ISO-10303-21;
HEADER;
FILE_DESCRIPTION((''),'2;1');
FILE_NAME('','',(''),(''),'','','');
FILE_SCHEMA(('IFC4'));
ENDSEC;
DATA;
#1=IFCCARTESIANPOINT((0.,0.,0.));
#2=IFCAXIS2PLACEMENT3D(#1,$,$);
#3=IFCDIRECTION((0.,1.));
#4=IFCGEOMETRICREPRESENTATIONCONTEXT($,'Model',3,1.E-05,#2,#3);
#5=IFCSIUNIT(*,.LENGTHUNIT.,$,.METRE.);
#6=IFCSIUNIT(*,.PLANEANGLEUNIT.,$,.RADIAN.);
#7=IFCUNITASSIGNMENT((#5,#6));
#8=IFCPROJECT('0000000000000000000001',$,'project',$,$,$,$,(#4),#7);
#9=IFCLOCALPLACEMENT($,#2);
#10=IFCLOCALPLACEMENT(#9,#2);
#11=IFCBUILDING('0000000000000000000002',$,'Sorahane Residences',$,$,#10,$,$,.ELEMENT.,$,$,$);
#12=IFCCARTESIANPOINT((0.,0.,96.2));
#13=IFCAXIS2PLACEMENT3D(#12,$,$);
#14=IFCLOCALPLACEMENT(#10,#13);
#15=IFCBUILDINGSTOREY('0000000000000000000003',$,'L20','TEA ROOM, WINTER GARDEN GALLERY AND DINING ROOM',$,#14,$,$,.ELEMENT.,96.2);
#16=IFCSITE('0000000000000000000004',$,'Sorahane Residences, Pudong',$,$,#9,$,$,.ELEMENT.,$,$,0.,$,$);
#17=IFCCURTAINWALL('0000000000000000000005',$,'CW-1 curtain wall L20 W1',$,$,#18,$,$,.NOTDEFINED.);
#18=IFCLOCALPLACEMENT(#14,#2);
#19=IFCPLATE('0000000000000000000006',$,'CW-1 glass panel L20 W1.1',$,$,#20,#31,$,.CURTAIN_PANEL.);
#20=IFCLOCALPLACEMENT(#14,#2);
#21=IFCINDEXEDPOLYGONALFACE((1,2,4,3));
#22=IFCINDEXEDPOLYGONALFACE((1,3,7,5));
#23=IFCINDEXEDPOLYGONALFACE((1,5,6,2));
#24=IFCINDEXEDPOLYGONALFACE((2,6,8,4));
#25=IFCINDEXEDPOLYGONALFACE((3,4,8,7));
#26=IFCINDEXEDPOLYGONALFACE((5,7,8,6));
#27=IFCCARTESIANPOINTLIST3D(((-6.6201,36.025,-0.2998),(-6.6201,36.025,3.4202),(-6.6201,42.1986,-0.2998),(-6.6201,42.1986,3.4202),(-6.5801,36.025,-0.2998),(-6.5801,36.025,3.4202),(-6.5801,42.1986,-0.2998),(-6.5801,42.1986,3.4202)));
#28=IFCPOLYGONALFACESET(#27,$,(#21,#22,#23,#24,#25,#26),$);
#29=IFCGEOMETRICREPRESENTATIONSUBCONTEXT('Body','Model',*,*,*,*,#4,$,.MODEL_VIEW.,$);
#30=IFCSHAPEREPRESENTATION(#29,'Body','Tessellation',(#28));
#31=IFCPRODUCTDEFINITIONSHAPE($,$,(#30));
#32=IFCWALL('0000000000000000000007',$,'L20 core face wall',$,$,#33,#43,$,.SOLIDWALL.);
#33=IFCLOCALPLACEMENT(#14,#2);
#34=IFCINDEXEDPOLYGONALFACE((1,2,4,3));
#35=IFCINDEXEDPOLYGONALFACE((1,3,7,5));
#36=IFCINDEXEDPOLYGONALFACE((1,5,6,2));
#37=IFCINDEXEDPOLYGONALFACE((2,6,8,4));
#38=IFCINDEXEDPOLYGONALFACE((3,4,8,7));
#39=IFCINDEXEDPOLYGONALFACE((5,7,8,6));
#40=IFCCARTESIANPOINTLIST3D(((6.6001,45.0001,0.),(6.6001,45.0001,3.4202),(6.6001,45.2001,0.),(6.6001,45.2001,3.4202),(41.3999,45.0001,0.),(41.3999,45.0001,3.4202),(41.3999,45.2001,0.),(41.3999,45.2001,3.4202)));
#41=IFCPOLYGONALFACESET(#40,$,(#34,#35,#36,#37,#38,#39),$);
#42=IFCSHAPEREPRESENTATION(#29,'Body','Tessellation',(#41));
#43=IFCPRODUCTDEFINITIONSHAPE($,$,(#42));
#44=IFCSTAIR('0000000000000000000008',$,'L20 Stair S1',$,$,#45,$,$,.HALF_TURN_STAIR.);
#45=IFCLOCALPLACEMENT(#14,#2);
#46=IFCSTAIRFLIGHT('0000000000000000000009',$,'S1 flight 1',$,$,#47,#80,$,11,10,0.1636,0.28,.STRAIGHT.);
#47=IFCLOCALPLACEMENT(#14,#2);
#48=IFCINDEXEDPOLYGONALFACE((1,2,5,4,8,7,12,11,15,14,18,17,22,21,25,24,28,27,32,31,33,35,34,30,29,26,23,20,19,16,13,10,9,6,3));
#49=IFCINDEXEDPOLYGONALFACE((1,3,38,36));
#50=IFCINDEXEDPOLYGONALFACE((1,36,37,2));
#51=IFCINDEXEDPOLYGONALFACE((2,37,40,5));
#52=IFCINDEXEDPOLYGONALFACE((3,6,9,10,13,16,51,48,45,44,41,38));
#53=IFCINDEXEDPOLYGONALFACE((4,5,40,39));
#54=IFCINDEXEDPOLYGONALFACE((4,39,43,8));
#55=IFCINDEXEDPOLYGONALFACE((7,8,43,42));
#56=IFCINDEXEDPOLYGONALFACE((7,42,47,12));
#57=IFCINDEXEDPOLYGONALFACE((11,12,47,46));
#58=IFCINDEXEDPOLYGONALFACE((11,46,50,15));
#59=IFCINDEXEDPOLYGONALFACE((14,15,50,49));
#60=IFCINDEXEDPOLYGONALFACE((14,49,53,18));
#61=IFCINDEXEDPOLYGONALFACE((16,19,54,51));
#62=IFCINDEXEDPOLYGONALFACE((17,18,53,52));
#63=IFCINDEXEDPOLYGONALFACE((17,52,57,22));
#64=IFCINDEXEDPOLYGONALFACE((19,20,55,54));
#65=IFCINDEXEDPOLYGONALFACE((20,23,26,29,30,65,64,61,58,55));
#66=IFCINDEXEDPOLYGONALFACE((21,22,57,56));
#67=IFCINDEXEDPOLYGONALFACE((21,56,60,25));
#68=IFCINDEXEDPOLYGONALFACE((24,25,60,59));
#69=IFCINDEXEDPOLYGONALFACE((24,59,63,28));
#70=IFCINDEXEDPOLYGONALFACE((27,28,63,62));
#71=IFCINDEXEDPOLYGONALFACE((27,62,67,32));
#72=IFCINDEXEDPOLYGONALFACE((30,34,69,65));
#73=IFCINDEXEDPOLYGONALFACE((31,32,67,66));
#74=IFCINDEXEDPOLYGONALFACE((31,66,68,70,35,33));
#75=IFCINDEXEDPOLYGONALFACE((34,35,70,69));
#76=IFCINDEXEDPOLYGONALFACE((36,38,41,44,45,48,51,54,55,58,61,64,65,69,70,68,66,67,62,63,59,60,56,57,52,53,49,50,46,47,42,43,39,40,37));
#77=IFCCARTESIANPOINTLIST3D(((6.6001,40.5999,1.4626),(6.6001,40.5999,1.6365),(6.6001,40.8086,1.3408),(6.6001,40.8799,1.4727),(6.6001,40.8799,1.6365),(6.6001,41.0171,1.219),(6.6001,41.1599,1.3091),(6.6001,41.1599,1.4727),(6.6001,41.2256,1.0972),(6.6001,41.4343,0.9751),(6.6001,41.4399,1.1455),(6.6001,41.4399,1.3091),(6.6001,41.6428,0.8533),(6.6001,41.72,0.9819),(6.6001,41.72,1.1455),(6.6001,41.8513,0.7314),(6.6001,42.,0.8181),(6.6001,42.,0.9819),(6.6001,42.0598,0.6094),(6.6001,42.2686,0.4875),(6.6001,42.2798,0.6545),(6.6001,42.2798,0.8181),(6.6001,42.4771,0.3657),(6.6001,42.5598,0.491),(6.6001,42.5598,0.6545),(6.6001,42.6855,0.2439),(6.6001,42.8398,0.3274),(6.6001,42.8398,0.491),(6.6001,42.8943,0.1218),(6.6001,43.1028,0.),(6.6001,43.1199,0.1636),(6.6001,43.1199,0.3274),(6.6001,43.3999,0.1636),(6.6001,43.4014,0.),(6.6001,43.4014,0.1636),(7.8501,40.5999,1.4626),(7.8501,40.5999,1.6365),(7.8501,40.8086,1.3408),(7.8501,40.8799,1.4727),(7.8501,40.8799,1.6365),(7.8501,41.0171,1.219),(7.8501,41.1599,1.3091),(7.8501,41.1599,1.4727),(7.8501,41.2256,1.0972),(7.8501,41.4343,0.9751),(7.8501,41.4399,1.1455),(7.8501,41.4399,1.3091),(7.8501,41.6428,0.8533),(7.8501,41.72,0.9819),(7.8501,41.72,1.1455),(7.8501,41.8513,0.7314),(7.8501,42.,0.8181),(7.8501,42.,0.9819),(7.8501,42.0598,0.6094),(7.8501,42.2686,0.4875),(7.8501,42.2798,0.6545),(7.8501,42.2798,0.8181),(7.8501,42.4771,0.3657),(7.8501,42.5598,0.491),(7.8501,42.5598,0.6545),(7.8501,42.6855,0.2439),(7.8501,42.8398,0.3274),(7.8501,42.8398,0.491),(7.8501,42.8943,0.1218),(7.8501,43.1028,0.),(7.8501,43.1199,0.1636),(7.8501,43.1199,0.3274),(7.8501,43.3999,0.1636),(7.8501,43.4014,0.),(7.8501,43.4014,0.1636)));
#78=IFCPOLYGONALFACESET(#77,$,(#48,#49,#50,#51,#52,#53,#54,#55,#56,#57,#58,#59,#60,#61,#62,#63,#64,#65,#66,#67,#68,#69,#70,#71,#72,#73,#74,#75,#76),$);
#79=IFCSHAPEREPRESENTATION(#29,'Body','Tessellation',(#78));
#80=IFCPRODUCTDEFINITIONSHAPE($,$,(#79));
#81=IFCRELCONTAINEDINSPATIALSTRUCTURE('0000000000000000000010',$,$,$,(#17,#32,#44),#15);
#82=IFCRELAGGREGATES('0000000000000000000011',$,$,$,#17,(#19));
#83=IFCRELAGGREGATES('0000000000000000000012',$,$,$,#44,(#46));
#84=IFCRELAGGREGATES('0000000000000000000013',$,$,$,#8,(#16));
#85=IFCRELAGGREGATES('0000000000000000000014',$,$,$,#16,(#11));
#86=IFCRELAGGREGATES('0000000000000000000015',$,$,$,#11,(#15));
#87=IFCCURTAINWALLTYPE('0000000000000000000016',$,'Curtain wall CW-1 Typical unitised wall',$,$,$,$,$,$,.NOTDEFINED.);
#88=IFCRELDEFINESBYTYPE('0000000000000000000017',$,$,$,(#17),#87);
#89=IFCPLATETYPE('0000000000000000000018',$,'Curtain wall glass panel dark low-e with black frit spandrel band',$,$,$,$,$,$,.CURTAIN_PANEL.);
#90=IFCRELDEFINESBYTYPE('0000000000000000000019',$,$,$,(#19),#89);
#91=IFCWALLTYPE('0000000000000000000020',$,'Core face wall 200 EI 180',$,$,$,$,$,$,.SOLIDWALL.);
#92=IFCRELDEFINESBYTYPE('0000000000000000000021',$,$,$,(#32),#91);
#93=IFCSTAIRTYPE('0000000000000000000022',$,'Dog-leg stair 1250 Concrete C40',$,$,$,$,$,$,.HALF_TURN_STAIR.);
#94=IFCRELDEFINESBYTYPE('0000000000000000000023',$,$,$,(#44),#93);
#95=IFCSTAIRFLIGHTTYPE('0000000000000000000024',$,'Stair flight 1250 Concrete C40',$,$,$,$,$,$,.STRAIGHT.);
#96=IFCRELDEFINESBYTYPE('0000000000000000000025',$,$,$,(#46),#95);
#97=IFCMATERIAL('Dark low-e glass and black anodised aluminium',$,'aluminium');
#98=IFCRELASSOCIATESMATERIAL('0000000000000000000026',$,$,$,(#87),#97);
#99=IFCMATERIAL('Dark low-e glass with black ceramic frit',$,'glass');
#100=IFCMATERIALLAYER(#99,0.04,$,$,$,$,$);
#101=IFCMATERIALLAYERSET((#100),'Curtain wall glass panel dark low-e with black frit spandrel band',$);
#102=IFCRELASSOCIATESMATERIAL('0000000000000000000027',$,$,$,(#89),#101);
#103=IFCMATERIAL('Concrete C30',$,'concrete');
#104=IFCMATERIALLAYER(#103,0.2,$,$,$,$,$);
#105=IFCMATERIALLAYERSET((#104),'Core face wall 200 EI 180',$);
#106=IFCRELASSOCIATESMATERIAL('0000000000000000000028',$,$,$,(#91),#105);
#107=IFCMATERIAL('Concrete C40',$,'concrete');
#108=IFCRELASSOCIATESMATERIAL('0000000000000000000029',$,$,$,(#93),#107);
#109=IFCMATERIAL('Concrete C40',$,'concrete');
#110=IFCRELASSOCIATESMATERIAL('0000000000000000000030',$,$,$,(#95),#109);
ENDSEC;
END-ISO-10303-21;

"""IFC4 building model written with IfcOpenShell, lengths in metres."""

from ifc_helpers import new_model, si_unit, direction, frame, frame_2d, origin, origin_2d, place, context, subcontext, project, spatial, polyline, rectangle, outline, extrude, material, layer, layer_set, type_object, element, aggregate, save


model = new_model("IFC4")

# Units and contexts
model_context = context("Model", 3, precision=1e-05, world=origin(), true_north=direction((0.0, 1.0)))
body_context = subcontext(model_context, "Body", "Model", "MODEL_VIEW")
ifc_project = project(units=[si_unit("LENGTHUNIT", "METRE"), si_unit("PLANEANGLEUNIT", "RADIAN")], contexts=[model_context])

# Site, building, storey
site_placement = place(None, origin())
site = spatial("IfcSite", under=ifc_project, at=site_placement, Name="Sorahane Residences, Pudong", CompositionType="ELEMENT", RefElevation=0.0)
building_placement = place(site_placement, origin())
building = spatial("IfcBuilding", under=site, at=building_placement, Name="Sorahane Residences", CompositionType="ELEMENT")
storey_placement = place(building_placement, frame((0.0, 0.0, 96.2)))
storey = spatial("IfcBuildingStorey", under=building, at=storey_placement, Name="L20", Description="TEA ROOM, WINTER GARDEN GALLERY AND DINING ROOM", CompositionType="ELEMENT", Elevation=96.2)

# Shared definitions
ifc_material_1 = material(Name="Dark low-e glass and black anodised aluminium", Category="aluminium")
curtain_wall_type_1 = type_object("IfcCurtainWallType", Name="Curtain wall CW-1 Typical unitised wall", PredefinedType="NOTDEFINED", material=ifc_material_1)

# Curtain wall
curtain_wall_1_placement = place(storey_placement, origin())
curtain_wall_1 = element("IfcCurtainWall", 1, at=curtain_wall_1_placement, inside=storey, type_object=curtain_wall_type_1, Name="CW-1 curtain wall L20 W1", PredefinedType="NOTDEFINED")

# Plate
ifc_material_2 = material(Name="Dark low-e glass with black ceramic frit", Category="glass")
ifc_layer_1 = layer(ifc_material_2, 0.04)
ifc_layer_set_1 = layer_set([ifc_layer_1], Name="Curtain wall glass panel dark low-e with black frit spandrel band")
plate_type = type_object("IfcPlateType", Name="Curtain wall glass panel dark low-e with black frit spandrel band", PredefinedType="CURTAIN_PANEL", material=ifc_layer_set_1)
plate_1_placement = place(storey_placement, frame((-6.6001, 39.1118, -0.2998), z_axis=(0.0, 0.0, 1.0), x_axis=(0.0, -1.0, 0.0)))
plate_1 = element("IfcPlate", 2, at=plate_1_placement, type_object=plate_type, Name="CW-1 glass panel L20 W1.1", PredefinedType="CURTAIN_PANEL", context=body_context, shape_type="SweptSolid", body=[
    extrude(rectangle(XDim=6.1736, YDim=0.04, at=origin_2d()), origin(), (0.0, 0.0, 1.0), 3.72),
])
aggregate(curtain_wall_1, [plate_1])

# Wall
ifc_material_3 = material(Name="Concrete C30", Category="concrete")
ifc_layer_2 = layer(ifc_material_3, 0.2)
ifc_layer_set_2 = layer_set([ifc_layer_2], Name="Core face wall 200 EI 180")
wall_type = type_object("IfcWallType", Name="Core face wall 200 EI 180", PredefinedType="SOLIDWALL", material=ifc_layer_set_2)
wall_placement = place(storey_placement, frame((6.6001, 45.1001, 0.0), z_axis=(0.0, 0.0, 1.0), x_axis=(1.0, 0.0, 0.0)))
element("IfcWall", 3, at=wall_placement, inside=storey, type_object=wall_type, Name="L20 core face wall", PredefinedType="SOLIDWALL", context=body_context, shape_type="SweptSolid", body=[
    extrude(rectangle(XDim=34.7998, YDim=0.2, at=frame_2d((17.3999, 0.0))), origin(), (0.0, 0.0, 1.0), 3.4202),
])

# Stair, stair flight
ifc_material_4 = material(Name="Concrete C40", Category="concrete")
stair_type = type_object("IfcStairType", Name="Dog-leg stair 1250 Concrete C40", PredefinedType="HALF_TURN_STAIR", material=ifc_material_4)
stair_placement = place(storey_placement, origin())
stair = element("IfcStair", 4, at=stair_placement, inside=storey, type_object=stair_type, Name="L20 Stair S1", PredefinedType="HALF_TURN_STAIR")
ifc_material_5 = material(Name="Concrete C40", Category="concrete")
stair_flight_type = type_object("IfcStairFlightType", Name="Stair flight 1250 Concrete C40", PredefinedType="STRAIGHT", material=ifc_material_5)
stair_flight_placement = place(storey_placement, frame((7.2251, 43.3999, 0.0), z_axis=(0.0, 0.0, 1.0), x_axis=(0.0, -1.0, 0.0)))
stair_flight = element("IfcStairFlight", 5, at=stair_flight_placement, type_object=stair_flight_type, Name="S1 flight 1", NumberOfRisers=11, NumberOfTreads=10, PredefinedType="STRAIGHT", RiserHeight=0.1636, TreadLength=0.28, context=body_context, shape_type="SweptSolid", body=[
    extrude(outline(polyline([(-0.0015, 0.0), (-0.0015, 0.1636), (0.0, 0.1636), (0.28, 0.1636), (0.28, 0.3274), (0.5601, 0.3274), (0.5601, 0.491), (0.8401, 0.491), (0.8401, 0.6545), (1.1201, 0.6545), (1.1201, 0.8181), (1.3999, 0.8181), (1.3999, 0.9819), (1.6799, 0.9819), (1.6799, 1.1455), (1.96, 1.1455), (1.96, 1.3091), (2.24, 1.3091), (2.24, 1.4727), (2.52, 1.4727), (2.52, 1.6365), (2.8, 1.6365), (2.8, 1.8), (2.8, 1.4626), (2.5913, 1.3408), (2.3828, 1.219), (2.1743, 1.0972), (1.9656, 0.9751), (1.7571, 0.8533), (1.5486, 0.7314), (1.3401, 0.6094), (1.1313, 0.4875), (0.9229, 0.3657), (0.7144, 0.2439), (0.5056, 0.1218), (0.2971, 0.0), (-0.0015, 0.0)])), frame((0.0, 0.625, 0.0), z_axis=(0.0, -1.0, 0.0), x_axis=(1.0, 0.0, 0.0)), (0.0, 0.0, 1.0), 1.25),
])
aggregate(stair, [stair_flight])

save(model, "model.ifc")
